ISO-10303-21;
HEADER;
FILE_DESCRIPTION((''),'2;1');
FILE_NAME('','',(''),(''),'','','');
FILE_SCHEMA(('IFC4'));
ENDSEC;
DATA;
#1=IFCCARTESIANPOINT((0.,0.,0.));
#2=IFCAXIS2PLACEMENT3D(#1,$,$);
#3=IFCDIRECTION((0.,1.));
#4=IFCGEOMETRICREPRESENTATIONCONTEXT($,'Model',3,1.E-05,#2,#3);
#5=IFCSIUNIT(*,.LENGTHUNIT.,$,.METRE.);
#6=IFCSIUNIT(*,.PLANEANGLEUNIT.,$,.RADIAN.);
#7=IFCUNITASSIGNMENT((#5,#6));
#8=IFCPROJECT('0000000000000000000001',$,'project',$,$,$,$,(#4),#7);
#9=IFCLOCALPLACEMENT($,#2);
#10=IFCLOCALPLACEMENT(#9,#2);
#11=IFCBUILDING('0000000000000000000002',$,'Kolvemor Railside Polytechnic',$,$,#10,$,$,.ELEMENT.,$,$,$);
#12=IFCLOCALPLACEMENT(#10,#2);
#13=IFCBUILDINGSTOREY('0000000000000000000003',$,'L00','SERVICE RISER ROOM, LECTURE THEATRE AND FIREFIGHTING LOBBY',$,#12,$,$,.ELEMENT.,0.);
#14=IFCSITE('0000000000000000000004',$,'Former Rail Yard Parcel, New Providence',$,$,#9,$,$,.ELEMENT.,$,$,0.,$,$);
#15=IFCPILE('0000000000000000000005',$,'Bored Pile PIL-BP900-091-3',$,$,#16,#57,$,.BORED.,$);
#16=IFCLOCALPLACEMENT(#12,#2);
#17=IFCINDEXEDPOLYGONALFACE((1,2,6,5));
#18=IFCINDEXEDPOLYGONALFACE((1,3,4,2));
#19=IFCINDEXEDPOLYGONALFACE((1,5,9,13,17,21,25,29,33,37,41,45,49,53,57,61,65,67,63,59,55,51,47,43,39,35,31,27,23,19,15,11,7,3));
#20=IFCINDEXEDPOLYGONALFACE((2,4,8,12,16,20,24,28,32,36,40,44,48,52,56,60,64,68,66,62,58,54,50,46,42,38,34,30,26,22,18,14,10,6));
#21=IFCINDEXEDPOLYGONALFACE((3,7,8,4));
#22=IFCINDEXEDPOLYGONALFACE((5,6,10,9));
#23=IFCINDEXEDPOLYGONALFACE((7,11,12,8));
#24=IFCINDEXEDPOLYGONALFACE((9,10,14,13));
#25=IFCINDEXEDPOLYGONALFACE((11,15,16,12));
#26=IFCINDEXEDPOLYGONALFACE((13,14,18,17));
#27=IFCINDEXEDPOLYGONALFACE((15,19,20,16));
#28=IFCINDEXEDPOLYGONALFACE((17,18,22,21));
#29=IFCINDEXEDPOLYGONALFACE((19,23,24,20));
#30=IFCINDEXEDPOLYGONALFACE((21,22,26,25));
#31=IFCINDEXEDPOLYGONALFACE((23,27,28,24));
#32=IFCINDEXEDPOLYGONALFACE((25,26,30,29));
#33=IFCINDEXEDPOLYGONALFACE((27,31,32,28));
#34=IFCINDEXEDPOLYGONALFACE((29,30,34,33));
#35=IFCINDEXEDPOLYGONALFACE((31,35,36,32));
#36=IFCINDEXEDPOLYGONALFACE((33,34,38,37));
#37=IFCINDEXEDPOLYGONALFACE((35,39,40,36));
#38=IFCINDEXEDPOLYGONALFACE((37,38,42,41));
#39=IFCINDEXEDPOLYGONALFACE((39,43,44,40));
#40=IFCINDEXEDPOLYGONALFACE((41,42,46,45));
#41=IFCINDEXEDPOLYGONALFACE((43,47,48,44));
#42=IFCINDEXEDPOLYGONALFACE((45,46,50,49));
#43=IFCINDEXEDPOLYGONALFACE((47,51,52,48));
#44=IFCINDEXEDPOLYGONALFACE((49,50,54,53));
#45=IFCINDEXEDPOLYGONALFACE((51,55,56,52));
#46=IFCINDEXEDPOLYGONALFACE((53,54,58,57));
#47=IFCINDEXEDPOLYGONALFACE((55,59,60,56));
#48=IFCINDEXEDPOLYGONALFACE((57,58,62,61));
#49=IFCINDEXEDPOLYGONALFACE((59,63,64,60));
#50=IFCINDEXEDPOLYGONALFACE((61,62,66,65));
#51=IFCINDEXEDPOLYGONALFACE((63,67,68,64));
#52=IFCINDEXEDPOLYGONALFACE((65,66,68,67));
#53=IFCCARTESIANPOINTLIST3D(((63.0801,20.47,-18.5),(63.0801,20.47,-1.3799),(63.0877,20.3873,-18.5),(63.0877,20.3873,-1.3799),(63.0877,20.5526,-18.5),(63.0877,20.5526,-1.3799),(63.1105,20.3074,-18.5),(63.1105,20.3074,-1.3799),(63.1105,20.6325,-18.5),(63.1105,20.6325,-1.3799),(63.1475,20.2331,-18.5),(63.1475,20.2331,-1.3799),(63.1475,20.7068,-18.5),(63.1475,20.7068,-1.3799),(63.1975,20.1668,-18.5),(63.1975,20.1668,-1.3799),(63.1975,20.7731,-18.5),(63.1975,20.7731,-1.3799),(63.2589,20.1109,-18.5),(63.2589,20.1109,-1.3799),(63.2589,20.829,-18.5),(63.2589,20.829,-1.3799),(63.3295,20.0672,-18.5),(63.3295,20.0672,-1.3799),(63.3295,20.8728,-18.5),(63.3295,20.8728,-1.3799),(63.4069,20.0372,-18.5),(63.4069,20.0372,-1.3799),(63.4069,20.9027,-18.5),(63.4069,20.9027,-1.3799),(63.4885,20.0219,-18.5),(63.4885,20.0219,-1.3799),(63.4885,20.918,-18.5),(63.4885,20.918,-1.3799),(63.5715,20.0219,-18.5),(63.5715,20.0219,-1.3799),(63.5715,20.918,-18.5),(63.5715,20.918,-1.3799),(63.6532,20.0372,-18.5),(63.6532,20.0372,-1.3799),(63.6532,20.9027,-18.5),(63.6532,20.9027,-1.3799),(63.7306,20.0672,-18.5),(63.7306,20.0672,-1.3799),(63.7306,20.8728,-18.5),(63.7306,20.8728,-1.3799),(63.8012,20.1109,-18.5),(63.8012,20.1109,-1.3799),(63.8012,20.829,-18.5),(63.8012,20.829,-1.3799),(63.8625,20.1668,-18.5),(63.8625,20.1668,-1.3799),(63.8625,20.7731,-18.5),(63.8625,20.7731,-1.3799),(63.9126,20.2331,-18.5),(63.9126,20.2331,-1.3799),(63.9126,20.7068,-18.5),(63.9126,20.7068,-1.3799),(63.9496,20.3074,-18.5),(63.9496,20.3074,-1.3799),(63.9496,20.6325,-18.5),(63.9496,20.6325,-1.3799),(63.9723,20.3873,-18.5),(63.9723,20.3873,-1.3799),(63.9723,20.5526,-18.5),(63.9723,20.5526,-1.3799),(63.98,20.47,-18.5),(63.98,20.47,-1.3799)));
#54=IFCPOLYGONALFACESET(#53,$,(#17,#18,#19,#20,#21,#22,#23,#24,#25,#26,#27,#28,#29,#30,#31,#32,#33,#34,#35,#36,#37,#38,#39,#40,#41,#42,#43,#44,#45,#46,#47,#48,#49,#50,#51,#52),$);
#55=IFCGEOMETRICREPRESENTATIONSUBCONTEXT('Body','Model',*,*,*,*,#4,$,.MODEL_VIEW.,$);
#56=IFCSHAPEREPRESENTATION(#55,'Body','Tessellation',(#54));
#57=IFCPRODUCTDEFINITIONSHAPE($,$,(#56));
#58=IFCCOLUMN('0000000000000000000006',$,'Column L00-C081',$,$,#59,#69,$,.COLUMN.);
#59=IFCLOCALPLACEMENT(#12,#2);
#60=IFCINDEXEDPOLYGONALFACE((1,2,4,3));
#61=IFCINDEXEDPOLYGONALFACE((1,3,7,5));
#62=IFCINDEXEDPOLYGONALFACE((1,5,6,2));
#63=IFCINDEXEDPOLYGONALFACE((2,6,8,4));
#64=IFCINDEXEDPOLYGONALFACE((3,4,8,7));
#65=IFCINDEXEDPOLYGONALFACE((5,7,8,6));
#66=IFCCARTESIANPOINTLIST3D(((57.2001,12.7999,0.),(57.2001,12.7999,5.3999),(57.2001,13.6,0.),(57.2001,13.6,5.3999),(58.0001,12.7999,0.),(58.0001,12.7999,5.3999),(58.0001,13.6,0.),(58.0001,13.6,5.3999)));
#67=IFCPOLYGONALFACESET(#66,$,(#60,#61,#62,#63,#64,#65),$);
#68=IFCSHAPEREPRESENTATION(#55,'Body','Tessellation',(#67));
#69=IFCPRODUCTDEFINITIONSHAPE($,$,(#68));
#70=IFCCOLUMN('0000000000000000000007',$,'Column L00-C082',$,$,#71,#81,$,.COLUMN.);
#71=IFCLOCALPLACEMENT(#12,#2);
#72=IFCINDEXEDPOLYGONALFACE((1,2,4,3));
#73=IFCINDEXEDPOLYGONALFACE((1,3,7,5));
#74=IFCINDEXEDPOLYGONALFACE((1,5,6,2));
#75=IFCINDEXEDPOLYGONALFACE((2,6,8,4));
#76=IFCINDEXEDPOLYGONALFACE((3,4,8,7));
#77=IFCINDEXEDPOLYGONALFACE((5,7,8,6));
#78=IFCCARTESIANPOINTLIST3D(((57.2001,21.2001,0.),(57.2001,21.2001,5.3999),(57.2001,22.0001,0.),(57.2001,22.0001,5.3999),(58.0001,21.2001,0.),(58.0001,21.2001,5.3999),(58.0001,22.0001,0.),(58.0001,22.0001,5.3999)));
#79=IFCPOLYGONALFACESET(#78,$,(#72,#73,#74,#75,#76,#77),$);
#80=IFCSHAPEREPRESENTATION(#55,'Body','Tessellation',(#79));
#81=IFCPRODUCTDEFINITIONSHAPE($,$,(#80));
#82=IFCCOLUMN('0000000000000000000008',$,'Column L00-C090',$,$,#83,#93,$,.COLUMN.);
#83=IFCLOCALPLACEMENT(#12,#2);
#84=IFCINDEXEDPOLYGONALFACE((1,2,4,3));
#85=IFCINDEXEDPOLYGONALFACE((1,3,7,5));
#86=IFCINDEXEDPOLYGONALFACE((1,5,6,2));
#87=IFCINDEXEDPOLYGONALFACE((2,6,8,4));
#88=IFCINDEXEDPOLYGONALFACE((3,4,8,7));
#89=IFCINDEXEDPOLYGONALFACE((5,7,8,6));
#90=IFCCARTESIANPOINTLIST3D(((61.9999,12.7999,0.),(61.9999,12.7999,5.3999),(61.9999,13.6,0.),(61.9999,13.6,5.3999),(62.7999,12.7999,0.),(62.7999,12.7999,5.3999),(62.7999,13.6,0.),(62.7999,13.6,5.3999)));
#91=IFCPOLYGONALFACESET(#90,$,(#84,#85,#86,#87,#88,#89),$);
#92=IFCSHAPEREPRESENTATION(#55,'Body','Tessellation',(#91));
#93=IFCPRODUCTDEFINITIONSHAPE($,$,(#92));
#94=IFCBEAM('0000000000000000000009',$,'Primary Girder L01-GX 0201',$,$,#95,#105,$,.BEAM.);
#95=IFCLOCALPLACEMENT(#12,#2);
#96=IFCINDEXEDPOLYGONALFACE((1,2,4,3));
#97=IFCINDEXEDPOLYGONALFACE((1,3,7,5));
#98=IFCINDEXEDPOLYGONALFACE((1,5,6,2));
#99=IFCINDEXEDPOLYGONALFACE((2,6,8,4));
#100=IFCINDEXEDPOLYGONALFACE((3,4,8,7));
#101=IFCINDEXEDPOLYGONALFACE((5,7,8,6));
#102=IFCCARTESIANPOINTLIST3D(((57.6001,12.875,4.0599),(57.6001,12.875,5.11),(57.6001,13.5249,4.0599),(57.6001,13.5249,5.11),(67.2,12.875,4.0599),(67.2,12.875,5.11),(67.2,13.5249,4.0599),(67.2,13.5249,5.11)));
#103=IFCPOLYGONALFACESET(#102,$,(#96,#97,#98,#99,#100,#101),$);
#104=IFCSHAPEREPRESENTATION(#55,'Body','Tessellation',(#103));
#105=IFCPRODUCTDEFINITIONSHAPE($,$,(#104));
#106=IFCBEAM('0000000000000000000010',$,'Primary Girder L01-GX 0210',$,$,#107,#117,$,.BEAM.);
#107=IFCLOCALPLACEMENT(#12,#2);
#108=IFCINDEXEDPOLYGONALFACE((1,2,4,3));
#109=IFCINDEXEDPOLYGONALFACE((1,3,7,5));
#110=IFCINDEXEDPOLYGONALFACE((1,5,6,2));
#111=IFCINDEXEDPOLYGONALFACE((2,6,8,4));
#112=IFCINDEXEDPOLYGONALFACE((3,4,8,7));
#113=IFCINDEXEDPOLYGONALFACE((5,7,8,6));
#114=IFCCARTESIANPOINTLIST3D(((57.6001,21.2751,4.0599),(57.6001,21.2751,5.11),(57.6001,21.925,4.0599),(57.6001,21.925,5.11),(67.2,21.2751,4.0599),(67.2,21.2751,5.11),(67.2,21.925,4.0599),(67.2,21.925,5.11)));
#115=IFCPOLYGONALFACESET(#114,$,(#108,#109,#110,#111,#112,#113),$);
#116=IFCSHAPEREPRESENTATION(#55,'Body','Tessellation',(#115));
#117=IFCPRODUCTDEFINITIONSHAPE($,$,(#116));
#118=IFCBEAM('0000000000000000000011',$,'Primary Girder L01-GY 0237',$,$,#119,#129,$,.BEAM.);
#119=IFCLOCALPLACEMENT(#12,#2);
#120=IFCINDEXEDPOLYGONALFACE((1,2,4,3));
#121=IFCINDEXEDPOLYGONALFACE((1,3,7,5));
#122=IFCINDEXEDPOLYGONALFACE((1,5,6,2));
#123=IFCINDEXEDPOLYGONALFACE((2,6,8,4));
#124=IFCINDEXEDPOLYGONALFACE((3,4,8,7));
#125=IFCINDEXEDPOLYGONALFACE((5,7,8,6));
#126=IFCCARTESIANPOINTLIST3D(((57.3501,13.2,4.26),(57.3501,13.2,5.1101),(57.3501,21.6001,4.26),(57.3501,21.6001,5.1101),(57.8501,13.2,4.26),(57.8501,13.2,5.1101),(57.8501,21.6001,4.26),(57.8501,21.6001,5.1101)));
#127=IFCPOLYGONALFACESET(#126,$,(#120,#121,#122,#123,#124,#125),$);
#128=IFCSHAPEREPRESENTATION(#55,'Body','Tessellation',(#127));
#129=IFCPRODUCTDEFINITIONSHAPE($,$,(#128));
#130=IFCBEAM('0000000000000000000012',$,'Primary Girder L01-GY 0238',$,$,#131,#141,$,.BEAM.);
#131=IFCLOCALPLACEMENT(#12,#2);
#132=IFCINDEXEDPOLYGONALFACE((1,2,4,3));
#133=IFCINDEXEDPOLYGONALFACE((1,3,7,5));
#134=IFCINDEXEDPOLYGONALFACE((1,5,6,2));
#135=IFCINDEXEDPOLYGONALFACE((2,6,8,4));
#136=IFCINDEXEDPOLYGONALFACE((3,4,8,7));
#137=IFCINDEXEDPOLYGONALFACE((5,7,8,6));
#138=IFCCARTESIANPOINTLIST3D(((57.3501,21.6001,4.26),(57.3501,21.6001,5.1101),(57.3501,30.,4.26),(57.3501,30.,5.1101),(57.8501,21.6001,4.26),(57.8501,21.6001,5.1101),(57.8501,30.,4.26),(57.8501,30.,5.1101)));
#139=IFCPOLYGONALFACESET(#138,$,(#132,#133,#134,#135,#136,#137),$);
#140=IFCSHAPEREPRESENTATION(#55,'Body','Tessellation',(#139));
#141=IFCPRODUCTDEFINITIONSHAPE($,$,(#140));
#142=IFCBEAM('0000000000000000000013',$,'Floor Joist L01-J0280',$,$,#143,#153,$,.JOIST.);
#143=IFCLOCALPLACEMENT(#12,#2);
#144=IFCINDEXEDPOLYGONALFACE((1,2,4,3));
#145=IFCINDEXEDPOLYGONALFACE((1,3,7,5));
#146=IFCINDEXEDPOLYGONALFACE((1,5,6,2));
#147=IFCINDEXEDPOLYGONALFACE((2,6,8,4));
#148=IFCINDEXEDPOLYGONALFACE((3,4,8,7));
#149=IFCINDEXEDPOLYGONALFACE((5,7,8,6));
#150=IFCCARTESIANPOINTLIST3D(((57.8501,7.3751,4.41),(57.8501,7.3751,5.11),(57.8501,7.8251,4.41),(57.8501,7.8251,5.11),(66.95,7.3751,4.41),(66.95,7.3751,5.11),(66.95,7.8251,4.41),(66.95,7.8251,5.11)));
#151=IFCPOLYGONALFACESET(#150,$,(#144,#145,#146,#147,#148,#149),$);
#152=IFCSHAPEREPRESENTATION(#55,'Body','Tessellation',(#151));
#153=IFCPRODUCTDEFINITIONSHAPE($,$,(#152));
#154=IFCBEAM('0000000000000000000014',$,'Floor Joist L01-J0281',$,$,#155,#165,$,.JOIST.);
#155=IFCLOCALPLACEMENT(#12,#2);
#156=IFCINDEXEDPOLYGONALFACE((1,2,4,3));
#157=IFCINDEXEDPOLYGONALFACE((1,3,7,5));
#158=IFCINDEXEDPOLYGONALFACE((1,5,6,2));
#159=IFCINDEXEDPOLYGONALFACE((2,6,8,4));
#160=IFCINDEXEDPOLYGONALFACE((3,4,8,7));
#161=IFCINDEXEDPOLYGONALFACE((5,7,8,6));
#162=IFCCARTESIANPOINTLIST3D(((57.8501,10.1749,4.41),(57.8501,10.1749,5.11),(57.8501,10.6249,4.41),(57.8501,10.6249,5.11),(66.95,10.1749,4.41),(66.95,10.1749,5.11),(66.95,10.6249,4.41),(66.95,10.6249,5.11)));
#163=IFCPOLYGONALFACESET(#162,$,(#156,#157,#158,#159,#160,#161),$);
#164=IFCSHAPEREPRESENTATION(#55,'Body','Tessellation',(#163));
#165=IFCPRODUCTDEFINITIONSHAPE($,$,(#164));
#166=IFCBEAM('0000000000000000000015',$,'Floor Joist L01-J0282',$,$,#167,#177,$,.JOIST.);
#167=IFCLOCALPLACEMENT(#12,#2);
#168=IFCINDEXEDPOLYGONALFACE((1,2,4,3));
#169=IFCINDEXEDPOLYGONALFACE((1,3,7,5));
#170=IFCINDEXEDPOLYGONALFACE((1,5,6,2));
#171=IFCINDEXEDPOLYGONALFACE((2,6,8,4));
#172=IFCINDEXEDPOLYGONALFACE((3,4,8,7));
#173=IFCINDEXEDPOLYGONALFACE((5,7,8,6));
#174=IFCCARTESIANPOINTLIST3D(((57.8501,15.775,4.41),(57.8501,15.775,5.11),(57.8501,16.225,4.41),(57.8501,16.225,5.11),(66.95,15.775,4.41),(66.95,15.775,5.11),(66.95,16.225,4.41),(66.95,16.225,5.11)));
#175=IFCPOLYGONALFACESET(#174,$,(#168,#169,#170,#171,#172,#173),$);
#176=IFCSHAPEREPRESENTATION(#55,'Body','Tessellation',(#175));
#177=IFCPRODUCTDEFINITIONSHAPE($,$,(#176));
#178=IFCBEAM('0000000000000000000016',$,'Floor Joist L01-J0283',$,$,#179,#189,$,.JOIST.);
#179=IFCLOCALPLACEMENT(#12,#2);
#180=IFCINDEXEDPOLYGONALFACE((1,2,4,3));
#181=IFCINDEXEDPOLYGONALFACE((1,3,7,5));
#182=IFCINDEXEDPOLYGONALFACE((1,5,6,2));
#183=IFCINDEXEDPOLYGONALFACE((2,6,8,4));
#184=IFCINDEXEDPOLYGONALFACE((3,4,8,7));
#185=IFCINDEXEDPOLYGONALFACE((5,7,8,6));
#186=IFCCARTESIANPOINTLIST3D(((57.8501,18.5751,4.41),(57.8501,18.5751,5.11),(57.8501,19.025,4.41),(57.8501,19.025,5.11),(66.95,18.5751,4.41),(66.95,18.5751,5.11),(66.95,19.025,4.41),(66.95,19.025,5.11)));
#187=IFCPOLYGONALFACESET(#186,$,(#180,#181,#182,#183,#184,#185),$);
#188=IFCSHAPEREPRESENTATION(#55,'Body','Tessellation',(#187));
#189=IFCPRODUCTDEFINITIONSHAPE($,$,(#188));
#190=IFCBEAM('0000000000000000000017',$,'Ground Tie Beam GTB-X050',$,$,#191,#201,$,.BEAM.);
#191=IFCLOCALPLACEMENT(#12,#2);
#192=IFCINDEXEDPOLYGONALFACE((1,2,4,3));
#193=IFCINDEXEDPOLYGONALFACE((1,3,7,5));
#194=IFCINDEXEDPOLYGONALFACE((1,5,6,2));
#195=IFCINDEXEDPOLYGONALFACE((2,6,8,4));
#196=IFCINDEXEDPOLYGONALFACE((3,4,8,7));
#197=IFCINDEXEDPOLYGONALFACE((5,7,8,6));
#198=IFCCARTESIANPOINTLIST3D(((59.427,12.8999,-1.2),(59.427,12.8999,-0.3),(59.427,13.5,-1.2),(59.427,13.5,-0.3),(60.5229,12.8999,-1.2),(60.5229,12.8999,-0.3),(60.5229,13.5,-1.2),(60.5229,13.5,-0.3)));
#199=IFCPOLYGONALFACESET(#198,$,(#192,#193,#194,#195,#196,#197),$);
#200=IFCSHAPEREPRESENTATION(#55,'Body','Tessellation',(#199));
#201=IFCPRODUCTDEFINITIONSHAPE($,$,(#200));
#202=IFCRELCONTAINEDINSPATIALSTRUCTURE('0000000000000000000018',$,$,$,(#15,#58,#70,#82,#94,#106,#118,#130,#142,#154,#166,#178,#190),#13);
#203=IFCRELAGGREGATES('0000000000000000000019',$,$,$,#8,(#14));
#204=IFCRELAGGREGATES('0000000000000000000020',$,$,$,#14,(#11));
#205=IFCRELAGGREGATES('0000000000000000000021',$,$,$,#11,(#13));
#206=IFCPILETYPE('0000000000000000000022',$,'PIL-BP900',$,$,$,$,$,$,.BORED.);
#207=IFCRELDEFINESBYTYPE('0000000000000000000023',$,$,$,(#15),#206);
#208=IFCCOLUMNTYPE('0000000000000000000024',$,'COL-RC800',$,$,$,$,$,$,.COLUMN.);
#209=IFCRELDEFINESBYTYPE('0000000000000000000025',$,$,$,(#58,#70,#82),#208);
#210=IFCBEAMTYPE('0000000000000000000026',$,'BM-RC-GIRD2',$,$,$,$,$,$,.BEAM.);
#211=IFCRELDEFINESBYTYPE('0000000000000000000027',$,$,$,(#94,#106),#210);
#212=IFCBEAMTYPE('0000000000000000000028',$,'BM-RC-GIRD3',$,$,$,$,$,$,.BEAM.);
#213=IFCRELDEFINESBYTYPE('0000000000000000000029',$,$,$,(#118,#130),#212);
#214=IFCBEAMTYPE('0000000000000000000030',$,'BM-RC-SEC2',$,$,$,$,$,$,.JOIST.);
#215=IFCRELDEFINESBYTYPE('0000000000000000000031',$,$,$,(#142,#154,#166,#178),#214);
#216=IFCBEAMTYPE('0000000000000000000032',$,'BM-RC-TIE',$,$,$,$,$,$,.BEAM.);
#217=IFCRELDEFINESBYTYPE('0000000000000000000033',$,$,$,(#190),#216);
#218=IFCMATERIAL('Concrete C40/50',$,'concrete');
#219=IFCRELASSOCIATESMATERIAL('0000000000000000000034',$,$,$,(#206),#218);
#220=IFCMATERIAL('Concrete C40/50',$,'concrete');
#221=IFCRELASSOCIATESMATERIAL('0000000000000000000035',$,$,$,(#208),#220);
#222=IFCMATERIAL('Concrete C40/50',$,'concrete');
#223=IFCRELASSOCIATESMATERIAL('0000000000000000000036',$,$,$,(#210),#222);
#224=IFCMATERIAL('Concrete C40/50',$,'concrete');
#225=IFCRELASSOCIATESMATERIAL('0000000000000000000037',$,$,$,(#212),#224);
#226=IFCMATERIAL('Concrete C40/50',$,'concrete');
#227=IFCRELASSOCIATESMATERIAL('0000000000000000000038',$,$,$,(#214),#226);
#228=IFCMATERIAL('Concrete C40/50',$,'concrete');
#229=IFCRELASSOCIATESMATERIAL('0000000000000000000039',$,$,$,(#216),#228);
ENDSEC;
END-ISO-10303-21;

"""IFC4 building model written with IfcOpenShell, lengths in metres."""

from ifc_helpers import new_model, si_unit, direction, frame, origin, origin_2d, place, context, subcontext, project, spatial, rectangle, circle, extrude, material, material_profile, profile_set, type_object, element, save


model = new_model("IFC4")

# Units and contexts
model_context = context("Model", 3, precision=1e-05, world=origin(), true_north=direction((0.0, 1.0)))
body_context = subcontext(model_context, "Body", "Model", "MODEL_VIEW")
ifc_project = project(units=[si_unit("LENGTHUNIT", "METRE"), si_unit("PLANEANGLEUNIT", "RADIAN")], contexts=[model_context])

# Site, building, storey
site_placement = place(None, origin())
site = spatial("IfcSite", under=ifc_project, at=site_placement, Name="Former Rail Yard Parcel, New Providence", CompositionType="ELEMENT", RefElevation=0.0)
building_placement = place(site_placement, origin())
building = spatial("IfcBuilding", under=site, at=building_placement, Name="Kolvemor Railside Polytechnic", CompositionType="ELEMENT")
storey_placement = place(building_placement, origin())
storey = spatial("IfcBuildingStorey", under=building, at=storey_placement, Name="L00", Description="SERVICE RISER ROOM, LECTURE THEATRE AND FIREFIGHTING LOBBY", CompositionType="ELEMENT", Elevation=0.0)

# Pile
ifc_material_1 = material(Name="Concrete C40/50", Category="concrete")
ifc_material_profile_1 = material_profile(ifc_material_1, circle(Radius=0.45, at=origin_2d()), Name="BP900")
ifc_profile_set_1 = profile_set([ifc_material_profile_1], Name="Concrete C40/50")
pile_type_1 = type_object("IfcPileType", Name="PIL-BP900", PredefinedType="BORED", material=ifc_profile_set_1)
for number, where, z_axis, x_axis, name in (
    (1, (63.53, 20.47, -1.3799), (0.0, 0.0, -1.0), (1.0, 0.0, 0.0), "Bored Pile PIL-BP900-091-3"),
):
    element("IfcPile", number, at=place(storey_placement, frame(where, z_axis=z_axis, x_axis=x_axis)), inside=storey, type_object=pile_type_1, Name=name, PredefinedType="BORED", context=body_context, shape_type="SweptSolid", body=[
        extrude(circle(Radius=0.45, at=origin_2d()), origin(), (0.0, 0.0, 1.0), 17.1201),
    ])

# Columns
ifc_material_2 = material(Name="Concrete C40/50", Category="concrete")
ifc_material_profile_2 = material_profile(ifc_material_2, rectangle(XDim=0.8, YDim=0.8, at=origin_2d()), Name="RC800x800")
ifc_profile_set_2 = profile_set([ifc_material_profile_2], Name="Concrete C40/50")
column_type = type_object("IfcColumnType", Name="COL-RC800", PredefinedType="COLUMN", material=ifc_profile_set_2)
for number, where, z_axis, x_axis, name in (
    (2, (57.6001, 13.2, 0.0), (0.0, 0.0, 1.0), (1.0, 0.0, 0.0), "Column L00-C081"),
    (3, (57.6001, 21.6001, 0.0), (0.0, 0.0, 1.0), (1.0, 0.0, 0.0), "Column L00-C082"),
    (4, (62.3999, 13.2, 0.0), (0.0, 0.0, 1.0), (1.0, 0.0, 0.0), "Column L00-C090"),
):
    element("IfcColumn", number, at=place(storey_placement, frame(where, z_axis=z_axis, x_axis=x_axis)), inside=storey, type_object=column_type, Name=name, PredefinedType="COLUMN", context=body_context, shape_type="SweptSolid", body=[
        extrude(rectangle(XDim=0.8, YDim=0.8, at=origin_2d()), origin(), (0.0, 0.0, 1.0), 5.3999),
    ])

# Beams
ifc_material_3 = material(Name="Concrete C40/50", Category="concrete")
ifc_material_profile_3 = material_profile(ifc_material_3, rectangle(XDim=0.6499, YDim=1.05, at=origin_2d()), Name="RC650x1050")
ifc_profile_set_3 = profile_set([ifc_material_profile_3], Name="Concrete C40/50")
beam_type_1 = type_object("IfcBeamType", Name="BM-RC-GIRD2", PredefinedType="BEAM", material=ifc_profile_set_3)
for number, where, z_axis, x_axis, name in (
    (5, (57.6001, 13.2, 4.585), (1.0, 0.0, 0.0), (0.0, 1.0, 0.0), "Primary Girder L01-GX 0201"),
    (6, (57.6001, 21.6001, 4.585), (1.0, 0.0, 0.0), (0.0, 1.0, 0.0), "Primary Girder L01-GX 0210"),
):
    element("IfcBeam", number, at=place(storey_placement, frame(where, z_axis=z_axis, x_axis=x_axis)), inside=storey, type_object=beam_type_1, Name=name, PredefinedType="BEAM", context=body_context, shape_type="SweptSolid", body=[
        extrude(rectangle(XDim=0.6499, YDim=1.05, at=origin_2d()), origin(), (0.0, 0.0, 1.0), 9.5999),
    ])
ifc_material_4 = material(Name="Concrete C40/50", Category="concrete")
ifc_material_profile_4 = material_profile(ifc_material_4, rectangle(XDim=0.5, YDim=0.8501, at=origin_2d()), Name="RC500x850")
ifc_profile_set_4 = profile_set([ifc_material_profile_4], Name="Concrete C40/50")
beam_type_2 = type_object("IfcBeamType", Name="BM-RC-GIRD3", PredefinedType="BEAM", material=ifc_profile_set_4)
beam_1_placement = place(storey_placement, frame((57.6001, 13.2, 4.6851), z_axis=(0.0, 1.0, 0.0), x_axis=(-1.0, 0.0, 0.0)))
element("IfcBeam", 7, at=beam_1_placement, inside=storey, type_object=beam_type_2, Name="Primary Girder L01-GY 0237", PredefinedType="BEAM", context=body_context, shape_type="SweptSolid", body=[
    extrude(rectangle(XDim=0.5, YDim=0.8501, at=origin_2d()), origin(), (0.0, 0.0, 1.0), 8.4001),
])
beam_2_placement = place(storey_placement, frame((57.6001, 21.6001, 4.6851), z_axis=(0.0, 1.0, 0.0), x_axis=(-1.0, 0.0, 0.0)))
element("IfcBeam", 8, at=beam_2_placement, inside=storey, type_object=beam_type_2, Name="Primary Girder L01-GY 0238", PredefinedType="BEAM", context=body_context, shape_type="SweptSolid", body=[
    extrude(rectangle(XDim=0.5, YDim=0.8501, at=origin_2d()), origin(), (0.0, 0.0, 1.0), 8.3999),
])
ifc_material_5 = material(Name="Concrete C40/50", Category="concrete")
ifc_material_profile_5 = material_profile(ifc_material_5, rectangle(XDim=0.45, YDim=0.7, at=origin_2d()), Name="RC450x700")
ifc_profile_set_5 = profile_set([ifc_material_profile_5], Name="Concrete C40/50")
beam_type_3 = type_object("IfcBeamType", Name="BM-RC-SEC2", PredefinedType="JOIST", material=ifc_profile_set_5)
for number, where, z_axis, x_axis, name in (
    (9, (57.8501, 7.6001, 4.76), (1.0, 0.0, 0.0), (0.0, 1.0, 0.0), "Floor Joist L01-J0280"),
    (10, (57.8501, 10.3999, 4.76), (1.0, 0.0, 0.0), (0.0, 1.0, 0.0), "Floor Joist L01-J0281"),
    (11, (57.8501, 16.0, 4.76), (1.0, 0.0, 0.0), (0.0, 1.0, 0.0), "Floor Joist L01-J0282"),
    (12, (57.8501, 18.8, 4.76), (1.0, 0.0, 0.0), (0.0, 1.0, 0.0), "Floor Joist L01-J0283"),
):
    element("IfcBeam", number, at=place(storey_placement, frame(where, z_axis=z_axis, x_axis=x_axis)), inside=storey, type_object=beam_type_3, Name=name, PredefinedType="JOIST", context=body_context, shape_type="SweptSolid", body=[
        extrude(rectangle(XDim=0.45, YDim=0.7, at=origin_2d()), origin(), (0.0, 0.0, 1.0), 9.0999),
    ])
ifc_material_6 = material(Name="Concrete C40/50", Category="concrete")
ifc_material_profile_6 = material_profile(ifc_material_6, rectangle(XDim=0.6001, YDim=0.8999, at=origin_2d()), Name="RC600x900")
ifc_profile_set_6 = profile_set([ifc_material_profile_6], Name="Concrete C40/50")
beam_type_4 = type_object("IfcBeamType", Name="BM-RC-TIE", PredefinedType="BEAM", material=ifc_profile_set_6)
for number, where, z_axis, x_axis, name in (
    (13, (59.427, 13.2, -0.75), (1.0, 0.0, 0.0), (0.0, 1.0, 0.0), "Ground Tie Beam GTB-X050"),
):
    element("IfcBeam", number, at=place(storey_placement, frame(where, z_axis=z_axis, x_axis=x_axis)), inside=storey, type_object=beam_type_4, Name=name, PredefinedType="BEAM", context=body_context, shape_type="SweptSolid", body=[
        extrude(rectangle(XDim=0.6001, YDim=0.8999, at=origin_2d()), origin(), (0.0, 0.0, 1.0), 1.0959),
    ])

save(model, "model.ifc")
